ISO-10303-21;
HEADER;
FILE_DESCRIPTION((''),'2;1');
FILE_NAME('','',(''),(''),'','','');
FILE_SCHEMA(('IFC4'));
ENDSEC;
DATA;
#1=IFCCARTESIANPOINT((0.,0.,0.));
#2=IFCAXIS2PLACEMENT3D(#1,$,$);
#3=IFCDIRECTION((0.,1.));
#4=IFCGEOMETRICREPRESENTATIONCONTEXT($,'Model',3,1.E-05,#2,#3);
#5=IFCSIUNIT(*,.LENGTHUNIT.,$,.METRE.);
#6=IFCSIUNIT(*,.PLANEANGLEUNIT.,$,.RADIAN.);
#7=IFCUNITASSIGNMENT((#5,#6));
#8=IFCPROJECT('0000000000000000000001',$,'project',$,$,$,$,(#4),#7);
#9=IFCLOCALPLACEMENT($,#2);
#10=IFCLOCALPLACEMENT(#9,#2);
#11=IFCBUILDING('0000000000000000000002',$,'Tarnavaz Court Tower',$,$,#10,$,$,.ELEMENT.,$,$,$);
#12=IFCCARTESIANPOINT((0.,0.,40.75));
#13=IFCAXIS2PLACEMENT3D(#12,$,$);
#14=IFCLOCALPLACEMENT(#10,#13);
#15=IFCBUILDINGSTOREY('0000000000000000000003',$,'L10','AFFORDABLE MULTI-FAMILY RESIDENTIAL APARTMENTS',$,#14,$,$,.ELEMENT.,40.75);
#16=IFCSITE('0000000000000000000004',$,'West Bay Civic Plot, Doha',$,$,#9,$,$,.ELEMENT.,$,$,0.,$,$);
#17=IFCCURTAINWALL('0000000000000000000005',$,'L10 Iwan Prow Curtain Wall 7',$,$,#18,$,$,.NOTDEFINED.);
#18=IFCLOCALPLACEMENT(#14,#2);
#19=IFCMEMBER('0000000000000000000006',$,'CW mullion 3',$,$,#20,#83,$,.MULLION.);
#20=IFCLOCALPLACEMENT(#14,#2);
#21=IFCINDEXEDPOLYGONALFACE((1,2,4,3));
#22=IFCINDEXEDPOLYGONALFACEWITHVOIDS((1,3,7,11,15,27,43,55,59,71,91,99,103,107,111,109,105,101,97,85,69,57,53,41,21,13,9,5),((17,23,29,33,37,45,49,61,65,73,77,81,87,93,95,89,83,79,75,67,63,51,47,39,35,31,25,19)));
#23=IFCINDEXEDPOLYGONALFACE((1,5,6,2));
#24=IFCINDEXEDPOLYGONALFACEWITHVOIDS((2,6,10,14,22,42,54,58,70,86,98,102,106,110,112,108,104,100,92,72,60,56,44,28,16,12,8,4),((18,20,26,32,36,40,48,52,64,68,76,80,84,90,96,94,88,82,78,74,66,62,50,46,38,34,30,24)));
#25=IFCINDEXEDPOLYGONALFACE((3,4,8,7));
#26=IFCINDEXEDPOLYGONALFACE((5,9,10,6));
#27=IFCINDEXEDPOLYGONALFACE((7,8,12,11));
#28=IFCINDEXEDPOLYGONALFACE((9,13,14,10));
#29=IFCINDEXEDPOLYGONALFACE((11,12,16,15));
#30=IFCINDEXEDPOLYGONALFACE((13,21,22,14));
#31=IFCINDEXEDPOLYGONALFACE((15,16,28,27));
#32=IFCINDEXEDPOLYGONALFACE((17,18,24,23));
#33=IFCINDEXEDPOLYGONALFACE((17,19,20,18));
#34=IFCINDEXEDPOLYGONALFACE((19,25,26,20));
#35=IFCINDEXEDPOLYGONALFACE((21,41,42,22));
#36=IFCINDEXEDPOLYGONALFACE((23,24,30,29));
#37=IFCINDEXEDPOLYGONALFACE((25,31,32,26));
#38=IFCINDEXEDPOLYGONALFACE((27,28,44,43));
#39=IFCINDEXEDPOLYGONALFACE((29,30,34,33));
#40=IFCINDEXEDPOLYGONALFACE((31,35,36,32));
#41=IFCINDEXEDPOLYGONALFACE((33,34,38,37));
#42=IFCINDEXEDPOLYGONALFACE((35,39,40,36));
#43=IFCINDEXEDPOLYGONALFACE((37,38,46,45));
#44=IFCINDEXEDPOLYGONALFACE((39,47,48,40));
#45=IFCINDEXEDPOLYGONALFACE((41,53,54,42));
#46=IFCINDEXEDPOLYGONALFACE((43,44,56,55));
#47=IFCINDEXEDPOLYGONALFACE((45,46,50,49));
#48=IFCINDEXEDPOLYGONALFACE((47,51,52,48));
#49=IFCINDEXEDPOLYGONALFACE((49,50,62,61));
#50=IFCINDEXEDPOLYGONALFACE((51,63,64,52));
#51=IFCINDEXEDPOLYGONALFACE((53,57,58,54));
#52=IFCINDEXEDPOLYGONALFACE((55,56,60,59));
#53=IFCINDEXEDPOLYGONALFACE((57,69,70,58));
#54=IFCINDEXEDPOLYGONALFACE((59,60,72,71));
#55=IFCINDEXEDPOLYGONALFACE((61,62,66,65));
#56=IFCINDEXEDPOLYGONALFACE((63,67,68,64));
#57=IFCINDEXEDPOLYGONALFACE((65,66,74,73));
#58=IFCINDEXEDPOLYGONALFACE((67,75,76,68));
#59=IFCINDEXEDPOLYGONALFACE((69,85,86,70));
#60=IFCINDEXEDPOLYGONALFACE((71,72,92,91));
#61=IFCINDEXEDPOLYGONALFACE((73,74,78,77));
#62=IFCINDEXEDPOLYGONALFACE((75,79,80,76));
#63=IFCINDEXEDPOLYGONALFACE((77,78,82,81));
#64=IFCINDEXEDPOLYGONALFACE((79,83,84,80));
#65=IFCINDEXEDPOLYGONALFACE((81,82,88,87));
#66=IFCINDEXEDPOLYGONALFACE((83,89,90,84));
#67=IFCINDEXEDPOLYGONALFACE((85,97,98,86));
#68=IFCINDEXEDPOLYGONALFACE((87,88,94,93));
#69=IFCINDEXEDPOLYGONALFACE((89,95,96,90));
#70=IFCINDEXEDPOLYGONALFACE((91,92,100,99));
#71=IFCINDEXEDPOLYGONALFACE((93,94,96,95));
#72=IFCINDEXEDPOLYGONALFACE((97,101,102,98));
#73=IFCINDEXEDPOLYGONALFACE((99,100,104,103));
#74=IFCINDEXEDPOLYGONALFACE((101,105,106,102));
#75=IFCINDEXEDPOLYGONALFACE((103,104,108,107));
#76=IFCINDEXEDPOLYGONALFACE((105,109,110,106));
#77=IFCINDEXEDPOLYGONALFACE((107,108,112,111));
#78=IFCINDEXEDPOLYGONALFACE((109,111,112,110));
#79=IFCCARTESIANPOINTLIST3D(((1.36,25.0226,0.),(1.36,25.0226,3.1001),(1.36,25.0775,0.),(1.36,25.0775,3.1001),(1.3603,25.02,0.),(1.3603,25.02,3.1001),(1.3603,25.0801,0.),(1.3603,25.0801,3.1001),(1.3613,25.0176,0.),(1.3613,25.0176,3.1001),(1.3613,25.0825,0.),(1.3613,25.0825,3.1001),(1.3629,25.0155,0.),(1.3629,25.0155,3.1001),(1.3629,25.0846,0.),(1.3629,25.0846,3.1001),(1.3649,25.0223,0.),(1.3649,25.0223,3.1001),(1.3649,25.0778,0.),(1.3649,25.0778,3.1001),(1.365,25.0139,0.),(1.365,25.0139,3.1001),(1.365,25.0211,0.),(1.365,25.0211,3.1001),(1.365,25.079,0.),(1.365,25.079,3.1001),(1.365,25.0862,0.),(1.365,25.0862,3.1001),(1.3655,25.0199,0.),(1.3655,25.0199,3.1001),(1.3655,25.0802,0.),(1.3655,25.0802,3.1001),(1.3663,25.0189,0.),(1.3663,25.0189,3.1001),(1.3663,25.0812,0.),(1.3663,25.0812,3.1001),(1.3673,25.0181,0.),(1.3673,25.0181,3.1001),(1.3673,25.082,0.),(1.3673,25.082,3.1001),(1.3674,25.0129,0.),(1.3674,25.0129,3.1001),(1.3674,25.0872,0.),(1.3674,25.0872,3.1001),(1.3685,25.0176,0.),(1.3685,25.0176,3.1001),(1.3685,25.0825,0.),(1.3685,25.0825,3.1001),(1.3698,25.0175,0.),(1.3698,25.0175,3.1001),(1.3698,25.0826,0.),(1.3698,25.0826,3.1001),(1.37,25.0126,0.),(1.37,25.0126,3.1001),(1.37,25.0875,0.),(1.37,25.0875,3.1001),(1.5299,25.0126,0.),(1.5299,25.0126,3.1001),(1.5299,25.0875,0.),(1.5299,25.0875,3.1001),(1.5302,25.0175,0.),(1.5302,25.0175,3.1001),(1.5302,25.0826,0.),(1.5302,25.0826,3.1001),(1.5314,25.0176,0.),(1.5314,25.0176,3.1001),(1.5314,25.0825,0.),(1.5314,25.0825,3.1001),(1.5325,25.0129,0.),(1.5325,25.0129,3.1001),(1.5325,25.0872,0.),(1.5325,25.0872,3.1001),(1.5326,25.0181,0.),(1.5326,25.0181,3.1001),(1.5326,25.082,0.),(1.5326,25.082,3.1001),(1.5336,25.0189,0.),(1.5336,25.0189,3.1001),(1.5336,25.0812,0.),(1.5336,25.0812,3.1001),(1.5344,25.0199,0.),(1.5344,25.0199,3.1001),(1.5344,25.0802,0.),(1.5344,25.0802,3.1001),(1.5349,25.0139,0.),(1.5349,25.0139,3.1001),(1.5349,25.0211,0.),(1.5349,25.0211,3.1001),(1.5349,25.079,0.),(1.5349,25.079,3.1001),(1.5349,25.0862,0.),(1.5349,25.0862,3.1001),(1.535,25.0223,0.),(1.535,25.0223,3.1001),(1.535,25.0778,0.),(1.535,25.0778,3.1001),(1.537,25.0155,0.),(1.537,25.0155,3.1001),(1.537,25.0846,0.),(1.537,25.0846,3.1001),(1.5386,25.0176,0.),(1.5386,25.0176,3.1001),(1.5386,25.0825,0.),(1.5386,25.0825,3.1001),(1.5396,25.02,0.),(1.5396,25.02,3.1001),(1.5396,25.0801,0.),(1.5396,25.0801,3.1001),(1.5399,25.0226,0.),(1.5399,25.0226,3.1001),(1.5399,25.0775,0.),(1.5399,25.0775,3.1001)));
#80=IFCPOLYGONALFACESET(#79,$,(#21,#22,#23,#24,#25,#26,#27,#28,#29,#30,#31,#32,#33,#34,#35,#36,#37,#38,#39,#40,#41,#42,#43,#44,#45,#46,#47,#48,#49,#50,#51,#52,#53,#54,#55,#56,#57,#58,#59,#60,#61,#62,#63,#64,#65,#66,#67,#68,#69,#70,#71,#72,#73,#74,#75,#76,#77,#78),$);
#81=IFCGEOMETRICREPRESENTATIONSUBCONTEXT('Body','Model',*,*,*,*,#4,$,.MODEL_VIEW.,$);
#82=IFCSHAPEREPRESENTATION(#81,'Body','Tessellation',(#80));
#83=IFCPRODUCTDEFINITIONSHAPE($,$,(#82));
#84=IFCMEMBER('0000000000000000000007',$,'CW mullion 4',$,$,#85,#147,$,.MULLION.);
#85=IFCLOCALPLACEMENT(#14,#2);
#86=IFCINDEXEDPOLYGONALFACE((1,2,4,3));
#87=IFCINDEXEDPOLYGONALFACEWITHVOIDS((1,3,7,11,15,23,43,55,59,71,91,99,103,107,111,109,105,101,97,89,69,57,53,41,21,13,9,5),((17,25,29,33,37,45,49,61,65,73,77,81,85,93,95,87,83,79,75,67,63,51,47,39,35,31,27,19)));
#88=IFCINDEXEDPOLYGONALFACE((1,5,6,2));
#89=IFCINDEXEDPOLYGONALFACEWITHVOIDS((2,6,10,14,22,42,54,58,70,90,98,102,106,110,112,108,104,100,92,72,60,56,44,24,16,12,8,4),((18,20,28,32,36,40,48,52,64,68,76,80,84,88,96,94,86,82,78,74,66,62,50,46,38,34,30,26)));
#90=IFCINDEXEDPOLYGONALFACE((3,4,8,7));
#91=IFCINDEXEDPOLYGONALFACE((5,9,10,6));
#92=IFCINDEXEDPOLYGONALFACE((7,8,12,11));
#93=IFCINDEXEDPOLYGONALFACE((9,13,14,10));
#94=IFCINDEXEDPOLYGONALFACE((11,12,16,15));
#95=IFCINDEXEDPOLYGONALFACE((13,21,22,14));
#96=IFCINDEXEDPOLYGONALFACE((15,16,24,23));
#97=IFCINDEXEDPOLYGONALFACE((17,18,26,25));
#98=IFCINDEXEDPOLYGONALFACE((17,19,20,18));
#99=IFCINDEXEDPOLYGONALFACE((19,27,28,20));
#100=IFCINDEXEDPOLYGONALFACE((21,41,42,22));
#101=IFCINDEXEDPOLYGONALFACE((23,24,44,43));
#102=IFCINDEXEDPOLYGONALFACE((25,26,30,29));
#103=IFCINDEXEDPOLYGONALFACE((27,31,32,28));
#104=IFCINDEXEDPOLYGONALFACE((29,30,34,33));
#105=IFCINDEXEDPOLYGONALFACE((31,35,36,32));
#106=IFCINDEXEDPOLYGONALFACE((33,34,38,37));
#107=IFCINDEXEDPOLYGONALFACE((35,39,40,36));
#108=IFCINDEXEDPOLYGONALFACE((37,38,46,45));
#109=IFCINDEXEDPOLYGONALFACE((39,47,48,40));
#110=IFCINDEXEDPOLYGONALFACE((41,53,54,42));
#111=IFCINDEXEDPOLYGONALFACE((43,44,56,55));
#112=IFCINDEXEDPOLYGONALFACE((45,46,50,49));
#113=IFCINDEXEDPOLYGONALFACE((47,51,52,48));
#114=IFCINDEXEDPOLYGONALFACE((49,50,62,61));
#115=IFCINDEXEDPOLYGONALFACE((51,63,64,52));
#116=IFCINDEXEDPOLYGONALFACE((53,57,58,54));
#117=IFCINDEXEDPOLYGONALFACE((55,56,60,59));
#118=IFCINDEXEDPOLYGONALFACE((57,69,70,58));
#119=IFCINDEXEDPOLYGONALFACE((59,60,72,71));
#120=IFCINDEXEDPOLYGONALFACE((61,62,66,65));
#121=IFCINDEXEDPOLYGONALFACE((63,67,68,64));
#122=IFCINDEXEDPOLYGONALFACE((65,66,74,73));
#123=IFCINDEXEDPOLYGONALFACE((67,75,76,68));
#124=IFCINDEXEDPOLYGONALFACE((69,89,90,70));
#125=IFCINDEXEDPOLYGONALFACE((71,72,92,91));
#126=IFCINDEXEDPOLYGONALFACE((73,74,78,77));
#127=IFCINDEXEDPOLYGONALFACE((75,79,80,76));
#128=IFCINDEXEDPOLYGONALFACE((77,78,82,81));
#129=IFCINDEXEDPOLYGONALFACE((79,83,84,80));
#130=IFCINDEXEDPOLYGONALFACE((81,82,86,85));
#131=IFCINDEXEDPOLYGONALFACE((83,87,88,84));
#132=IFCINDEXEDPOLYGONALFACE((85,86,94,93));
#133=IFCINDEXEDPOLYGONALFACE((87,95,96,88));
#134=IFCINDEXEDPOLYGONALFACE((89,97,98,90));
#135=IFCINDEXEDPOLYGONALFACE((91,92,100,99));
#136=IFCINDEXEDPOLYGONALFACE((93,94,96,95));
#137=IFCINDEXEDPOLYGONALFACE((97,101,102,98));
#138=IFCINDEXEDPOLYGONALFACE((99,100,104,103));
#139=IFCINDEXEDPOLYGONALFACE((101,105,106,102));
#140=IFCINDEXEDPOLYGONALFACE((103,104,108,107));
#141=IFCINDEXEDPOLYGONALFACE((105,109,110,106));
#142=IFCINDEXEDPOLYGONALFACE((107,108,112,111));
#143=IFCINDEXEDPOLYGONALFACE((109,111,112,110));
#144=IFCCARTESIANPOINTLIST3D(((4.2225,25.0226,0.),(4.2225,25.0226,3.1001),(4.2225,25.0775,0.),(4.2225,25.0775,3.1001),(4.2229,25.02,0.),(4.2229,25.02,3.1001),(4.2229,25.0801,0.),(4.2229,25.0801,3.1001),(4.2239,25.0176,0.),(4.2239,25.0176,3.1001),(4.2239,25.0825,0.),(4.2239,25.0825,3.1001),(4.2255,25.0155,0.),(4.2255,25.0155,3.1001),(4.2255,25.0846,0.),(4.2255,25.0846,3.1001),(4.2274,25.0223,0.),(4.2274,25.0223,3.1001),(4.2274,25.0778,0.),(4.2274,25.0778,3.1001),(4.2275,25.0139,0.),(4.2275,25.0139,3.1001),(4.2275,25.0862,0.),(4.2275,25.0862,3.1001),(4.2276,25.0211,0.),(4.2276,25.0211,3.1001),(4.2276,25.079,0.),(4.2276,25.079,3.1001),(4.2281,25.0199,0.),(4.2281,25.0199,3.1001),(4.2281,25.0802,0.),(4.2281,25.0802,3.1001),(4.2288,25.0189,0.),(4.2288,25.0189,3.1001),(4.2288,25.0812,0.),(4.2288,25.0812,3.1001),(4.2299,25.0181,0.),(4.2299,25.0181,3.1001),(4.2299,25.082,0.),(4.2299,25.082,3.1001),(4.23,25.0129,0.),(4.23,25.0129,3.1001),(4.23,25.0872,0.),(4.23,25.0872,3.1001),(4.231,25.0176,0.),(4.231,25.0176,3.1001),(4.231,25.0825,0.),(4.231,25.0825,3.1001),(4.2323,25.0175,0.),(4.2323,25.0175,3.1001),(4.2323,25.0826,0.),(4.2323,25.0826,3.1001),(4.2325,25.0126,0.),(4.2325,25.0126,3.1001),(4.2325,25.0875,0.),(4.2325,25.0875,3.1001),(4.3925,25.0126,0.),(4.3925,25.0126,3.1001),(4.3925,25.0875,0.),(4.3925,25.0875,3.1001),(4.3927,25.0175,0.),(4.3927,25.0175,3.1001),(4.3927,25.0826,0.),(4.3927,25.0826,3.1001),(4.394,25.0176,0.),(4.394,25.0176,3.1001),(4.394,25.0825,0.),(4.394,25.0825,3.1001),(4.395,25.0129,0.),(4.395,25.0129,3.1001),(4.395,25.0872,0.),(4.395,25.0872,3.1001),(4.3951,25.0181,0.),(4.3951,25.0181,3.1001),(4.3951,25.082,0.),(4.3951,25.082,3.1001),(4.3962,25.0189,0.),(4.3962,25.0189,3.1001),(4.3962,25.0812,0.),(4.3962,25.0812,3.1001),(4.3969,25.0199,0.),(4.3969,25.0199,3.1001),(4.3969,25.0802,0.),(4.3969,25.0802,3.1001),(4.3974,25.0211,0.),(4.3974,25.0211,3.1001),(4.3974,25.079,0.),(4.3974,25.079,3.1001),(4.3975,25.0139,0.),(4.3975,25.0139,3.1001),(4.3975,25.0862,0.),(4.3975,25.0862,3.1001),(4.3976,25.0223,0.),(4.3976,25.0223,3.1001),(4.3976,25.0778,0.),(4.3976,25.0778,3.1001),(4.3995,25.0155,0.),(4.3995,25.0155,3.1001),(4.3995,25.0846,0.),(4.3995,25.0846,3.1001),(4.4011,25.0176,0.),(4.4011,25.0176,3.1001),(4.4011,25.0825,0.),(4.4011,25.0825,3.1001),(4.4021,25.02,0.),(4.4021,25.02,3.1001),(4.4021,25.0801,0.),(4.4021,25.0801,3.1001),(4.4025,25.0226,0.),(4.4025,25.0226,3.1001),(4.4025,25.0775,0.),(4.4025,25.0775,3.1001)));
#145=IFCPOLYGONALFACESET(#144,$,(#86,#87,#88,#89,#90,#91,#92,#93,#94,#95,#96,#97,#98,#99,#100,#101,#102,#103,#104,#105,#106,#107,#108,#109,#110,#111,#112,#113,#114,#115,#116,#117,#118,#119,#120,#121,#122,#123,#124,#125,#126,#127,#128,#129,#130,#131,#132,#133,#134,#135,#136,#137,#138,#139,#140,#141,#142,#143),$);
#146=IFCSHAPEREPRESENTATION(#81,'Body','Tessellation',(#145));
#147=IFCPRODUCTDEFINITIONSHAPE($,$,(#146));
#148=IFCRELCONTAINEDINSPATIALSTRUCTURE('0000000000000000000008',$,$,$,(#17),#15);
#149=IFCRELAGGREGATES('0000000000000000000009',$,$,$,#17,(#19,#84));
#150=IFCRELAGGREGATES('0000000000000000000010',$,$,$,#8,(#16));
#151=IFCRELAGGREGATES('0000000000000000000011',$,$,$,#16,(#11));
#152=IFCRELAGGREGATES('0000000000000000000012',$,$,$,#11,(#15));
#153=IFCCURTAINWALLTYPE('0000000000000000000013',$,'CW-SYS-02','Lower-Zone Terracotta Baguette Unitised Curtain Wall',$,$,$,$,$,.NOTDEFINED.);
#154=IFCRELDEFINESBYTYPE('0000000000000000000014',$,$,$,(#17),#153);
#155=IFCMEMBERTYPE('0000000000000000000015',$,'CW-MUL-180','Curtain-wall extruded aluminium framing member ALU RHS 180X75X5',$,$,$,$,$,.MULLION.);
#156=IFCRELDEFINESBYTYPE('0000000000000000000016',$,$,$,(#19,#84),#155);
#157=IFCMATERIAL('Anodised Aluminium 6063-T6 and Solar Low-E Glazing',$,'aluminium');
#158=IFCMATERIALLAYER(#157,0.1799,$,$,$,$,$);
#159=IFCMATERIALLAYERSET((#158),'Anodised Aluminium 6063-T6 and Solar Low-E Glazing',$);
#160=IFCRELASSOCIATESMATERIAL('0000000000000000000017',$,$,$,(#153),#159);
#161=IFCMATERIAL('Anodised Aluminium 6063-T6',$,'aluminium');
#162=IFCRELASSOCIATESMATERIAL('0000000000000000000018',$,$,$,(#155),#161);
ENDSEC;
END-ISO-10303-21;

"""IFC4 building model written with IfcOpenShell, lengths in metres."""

from ifc_helpers import new_model, si_unit, direction, frame, origin, origin_2d, place, context, subcontext, project, spatial, hollow_rectangle, extrude, material, layer, layer_set, material_profile, profile_set, type_object, element, aggregate, save


model = new_model("IFC4")

# Units and contexts
model_context = context("Model", 3, precision=1e-05, world=origin(), true_north=direction((0.0, 1.0)))
body_context = subcontext(model_context, "Body", "Model", "MODEL_VIEW")
ifc_project = project(units=[si_unit("LENGTHUNIT", "METRE"), si_unit("PLANEANGLEUNIT", "RADIAN")], contexts=[model_context])

# Site, building, storey
site_placement = place(None, origin())
site = spatial("IfcSite", under=ifc_project, at=site_placement, Name="West Bay Civic Plot, Doha", CompositionType="ELEMENT", RefElevation=0.0)
building_placement = place(site_placement, origin())
building = spatial("IfcBuilding", under=site, at=building_placement, Name="Tarnavaz Court Tower", CompositionType="ELEMENT")
storey_placement = place(building_placement, frame((0.0, 0.0, 40.75)))
storey = spatial("IfcBuildingStorey", under=building, at=storey_placement, Name="L10", Description="AFFORDABLE MULTI-FAMILY RESIDENTIAL APARTMENTS", CompositionType="ELEMENT", Elevation=40.75)

# Curtain wall, members
ifc_material_1 = material(Name="Anodised Aluminium 6063-T6 and Solar Low-E Glazing", Category="aluminium")
ifc_layer_1 = layer(ifc_material_1, 0.1799)
ifc_layer_set_1 = layer_set([ifc_layer_1], Name="Anodised Aluminium 6063-T6 and Solar Low-E Glazing")
curtain_wall_type = type_object("IfcCurtainWallType", Name="CW-SYS-02", Description="Lower-Zone Terracotta Baguette Unitised Curtain Wall", PredefinedType="NOTDEFINED", material=ifc_layer_set_1)
curtain_wall_placement = place(storey_placement, origin())
curtain_wall = element("IfcCurtainWall", 1, at=curtain_wall_placement, inside=storey, type_object=curtain_wall_type, Name="L10 Iwan Prow Curtain Wall 7", PredefinedType="NOTDEFINED")
ifc_material_2 = material(Name="Anodised Aluminium 6063-T6", Category="aluminium")
ifc_material_profile_1 = material_profile(ifc_material_2, hollow_rectangle(XDim=0.075, YDim=0.1799, WallThickness=0.0049, InnerFilletRadius=0.0049, OuterFilletRadius=0.01, at=origin_2d()), Name="ALU RHS 180X75X5")
ifc_profile_set_1 = profile_set([ifc_material_profile_1], Name="Anodised Aluminium 6063-T6")
member_type_1 = type_object("IfcMemberType", Name="CW-MUL-180", Description="Curtain-wall extruded aluminium framing member ALU RHS 180X75X5", PredefinedType="MULLION", material=ifc_profile_set_1)
member_1_placement = place(storey_placement, frame((1.45, 25.05, 0.0), z_axis=(0.0, 0.0, 1.0), x_axis=(0.0, 1.0, 0.0)))
member_1 = element("IfcMember", 2, at=member_1_placement, type_object=member_type_1, Name="CW mullion 3", PredefinedType="MULLION", context=body_context, shape_type="SweptSolid", body=[
    extrude(hollow_rectangle(XDim=0.075, YDim=0.1799, WallThickness=0.0049, InnerFilletRadius=0.0049, OuterFilletRadius=0.01, at=origin_2d()), origin(), (0.0, 0.0, 1.0), 3.1001),
])
member_2_placement = place(storey_placement, frame((4.3125, 25.05, 0.0), z_axis=(0.0, 0.0, 1.0), x_axis=(0.0, 1.0, 0.0)))
member_2 = element("IfcMember", 3, at=member_2_placement, type_object=member_type_1, Name="CW mullion 4", PredefinedType="MULLION", context=body_context, shape_type="SweptSolid", body=[
    extrude(hollow_rectangle(XDim=0.075, YDim=0.1799, WallThickness=0.0049, InnerFilletRadius=0.0049, OuterFilletRadius=0.01, at=origin_2d()), origin(), (0.0, 0.0, 1.0), 3.1001),
])
aggregate(curtain_wall, [member_1, member_2])

save(model, "model.ifc")
